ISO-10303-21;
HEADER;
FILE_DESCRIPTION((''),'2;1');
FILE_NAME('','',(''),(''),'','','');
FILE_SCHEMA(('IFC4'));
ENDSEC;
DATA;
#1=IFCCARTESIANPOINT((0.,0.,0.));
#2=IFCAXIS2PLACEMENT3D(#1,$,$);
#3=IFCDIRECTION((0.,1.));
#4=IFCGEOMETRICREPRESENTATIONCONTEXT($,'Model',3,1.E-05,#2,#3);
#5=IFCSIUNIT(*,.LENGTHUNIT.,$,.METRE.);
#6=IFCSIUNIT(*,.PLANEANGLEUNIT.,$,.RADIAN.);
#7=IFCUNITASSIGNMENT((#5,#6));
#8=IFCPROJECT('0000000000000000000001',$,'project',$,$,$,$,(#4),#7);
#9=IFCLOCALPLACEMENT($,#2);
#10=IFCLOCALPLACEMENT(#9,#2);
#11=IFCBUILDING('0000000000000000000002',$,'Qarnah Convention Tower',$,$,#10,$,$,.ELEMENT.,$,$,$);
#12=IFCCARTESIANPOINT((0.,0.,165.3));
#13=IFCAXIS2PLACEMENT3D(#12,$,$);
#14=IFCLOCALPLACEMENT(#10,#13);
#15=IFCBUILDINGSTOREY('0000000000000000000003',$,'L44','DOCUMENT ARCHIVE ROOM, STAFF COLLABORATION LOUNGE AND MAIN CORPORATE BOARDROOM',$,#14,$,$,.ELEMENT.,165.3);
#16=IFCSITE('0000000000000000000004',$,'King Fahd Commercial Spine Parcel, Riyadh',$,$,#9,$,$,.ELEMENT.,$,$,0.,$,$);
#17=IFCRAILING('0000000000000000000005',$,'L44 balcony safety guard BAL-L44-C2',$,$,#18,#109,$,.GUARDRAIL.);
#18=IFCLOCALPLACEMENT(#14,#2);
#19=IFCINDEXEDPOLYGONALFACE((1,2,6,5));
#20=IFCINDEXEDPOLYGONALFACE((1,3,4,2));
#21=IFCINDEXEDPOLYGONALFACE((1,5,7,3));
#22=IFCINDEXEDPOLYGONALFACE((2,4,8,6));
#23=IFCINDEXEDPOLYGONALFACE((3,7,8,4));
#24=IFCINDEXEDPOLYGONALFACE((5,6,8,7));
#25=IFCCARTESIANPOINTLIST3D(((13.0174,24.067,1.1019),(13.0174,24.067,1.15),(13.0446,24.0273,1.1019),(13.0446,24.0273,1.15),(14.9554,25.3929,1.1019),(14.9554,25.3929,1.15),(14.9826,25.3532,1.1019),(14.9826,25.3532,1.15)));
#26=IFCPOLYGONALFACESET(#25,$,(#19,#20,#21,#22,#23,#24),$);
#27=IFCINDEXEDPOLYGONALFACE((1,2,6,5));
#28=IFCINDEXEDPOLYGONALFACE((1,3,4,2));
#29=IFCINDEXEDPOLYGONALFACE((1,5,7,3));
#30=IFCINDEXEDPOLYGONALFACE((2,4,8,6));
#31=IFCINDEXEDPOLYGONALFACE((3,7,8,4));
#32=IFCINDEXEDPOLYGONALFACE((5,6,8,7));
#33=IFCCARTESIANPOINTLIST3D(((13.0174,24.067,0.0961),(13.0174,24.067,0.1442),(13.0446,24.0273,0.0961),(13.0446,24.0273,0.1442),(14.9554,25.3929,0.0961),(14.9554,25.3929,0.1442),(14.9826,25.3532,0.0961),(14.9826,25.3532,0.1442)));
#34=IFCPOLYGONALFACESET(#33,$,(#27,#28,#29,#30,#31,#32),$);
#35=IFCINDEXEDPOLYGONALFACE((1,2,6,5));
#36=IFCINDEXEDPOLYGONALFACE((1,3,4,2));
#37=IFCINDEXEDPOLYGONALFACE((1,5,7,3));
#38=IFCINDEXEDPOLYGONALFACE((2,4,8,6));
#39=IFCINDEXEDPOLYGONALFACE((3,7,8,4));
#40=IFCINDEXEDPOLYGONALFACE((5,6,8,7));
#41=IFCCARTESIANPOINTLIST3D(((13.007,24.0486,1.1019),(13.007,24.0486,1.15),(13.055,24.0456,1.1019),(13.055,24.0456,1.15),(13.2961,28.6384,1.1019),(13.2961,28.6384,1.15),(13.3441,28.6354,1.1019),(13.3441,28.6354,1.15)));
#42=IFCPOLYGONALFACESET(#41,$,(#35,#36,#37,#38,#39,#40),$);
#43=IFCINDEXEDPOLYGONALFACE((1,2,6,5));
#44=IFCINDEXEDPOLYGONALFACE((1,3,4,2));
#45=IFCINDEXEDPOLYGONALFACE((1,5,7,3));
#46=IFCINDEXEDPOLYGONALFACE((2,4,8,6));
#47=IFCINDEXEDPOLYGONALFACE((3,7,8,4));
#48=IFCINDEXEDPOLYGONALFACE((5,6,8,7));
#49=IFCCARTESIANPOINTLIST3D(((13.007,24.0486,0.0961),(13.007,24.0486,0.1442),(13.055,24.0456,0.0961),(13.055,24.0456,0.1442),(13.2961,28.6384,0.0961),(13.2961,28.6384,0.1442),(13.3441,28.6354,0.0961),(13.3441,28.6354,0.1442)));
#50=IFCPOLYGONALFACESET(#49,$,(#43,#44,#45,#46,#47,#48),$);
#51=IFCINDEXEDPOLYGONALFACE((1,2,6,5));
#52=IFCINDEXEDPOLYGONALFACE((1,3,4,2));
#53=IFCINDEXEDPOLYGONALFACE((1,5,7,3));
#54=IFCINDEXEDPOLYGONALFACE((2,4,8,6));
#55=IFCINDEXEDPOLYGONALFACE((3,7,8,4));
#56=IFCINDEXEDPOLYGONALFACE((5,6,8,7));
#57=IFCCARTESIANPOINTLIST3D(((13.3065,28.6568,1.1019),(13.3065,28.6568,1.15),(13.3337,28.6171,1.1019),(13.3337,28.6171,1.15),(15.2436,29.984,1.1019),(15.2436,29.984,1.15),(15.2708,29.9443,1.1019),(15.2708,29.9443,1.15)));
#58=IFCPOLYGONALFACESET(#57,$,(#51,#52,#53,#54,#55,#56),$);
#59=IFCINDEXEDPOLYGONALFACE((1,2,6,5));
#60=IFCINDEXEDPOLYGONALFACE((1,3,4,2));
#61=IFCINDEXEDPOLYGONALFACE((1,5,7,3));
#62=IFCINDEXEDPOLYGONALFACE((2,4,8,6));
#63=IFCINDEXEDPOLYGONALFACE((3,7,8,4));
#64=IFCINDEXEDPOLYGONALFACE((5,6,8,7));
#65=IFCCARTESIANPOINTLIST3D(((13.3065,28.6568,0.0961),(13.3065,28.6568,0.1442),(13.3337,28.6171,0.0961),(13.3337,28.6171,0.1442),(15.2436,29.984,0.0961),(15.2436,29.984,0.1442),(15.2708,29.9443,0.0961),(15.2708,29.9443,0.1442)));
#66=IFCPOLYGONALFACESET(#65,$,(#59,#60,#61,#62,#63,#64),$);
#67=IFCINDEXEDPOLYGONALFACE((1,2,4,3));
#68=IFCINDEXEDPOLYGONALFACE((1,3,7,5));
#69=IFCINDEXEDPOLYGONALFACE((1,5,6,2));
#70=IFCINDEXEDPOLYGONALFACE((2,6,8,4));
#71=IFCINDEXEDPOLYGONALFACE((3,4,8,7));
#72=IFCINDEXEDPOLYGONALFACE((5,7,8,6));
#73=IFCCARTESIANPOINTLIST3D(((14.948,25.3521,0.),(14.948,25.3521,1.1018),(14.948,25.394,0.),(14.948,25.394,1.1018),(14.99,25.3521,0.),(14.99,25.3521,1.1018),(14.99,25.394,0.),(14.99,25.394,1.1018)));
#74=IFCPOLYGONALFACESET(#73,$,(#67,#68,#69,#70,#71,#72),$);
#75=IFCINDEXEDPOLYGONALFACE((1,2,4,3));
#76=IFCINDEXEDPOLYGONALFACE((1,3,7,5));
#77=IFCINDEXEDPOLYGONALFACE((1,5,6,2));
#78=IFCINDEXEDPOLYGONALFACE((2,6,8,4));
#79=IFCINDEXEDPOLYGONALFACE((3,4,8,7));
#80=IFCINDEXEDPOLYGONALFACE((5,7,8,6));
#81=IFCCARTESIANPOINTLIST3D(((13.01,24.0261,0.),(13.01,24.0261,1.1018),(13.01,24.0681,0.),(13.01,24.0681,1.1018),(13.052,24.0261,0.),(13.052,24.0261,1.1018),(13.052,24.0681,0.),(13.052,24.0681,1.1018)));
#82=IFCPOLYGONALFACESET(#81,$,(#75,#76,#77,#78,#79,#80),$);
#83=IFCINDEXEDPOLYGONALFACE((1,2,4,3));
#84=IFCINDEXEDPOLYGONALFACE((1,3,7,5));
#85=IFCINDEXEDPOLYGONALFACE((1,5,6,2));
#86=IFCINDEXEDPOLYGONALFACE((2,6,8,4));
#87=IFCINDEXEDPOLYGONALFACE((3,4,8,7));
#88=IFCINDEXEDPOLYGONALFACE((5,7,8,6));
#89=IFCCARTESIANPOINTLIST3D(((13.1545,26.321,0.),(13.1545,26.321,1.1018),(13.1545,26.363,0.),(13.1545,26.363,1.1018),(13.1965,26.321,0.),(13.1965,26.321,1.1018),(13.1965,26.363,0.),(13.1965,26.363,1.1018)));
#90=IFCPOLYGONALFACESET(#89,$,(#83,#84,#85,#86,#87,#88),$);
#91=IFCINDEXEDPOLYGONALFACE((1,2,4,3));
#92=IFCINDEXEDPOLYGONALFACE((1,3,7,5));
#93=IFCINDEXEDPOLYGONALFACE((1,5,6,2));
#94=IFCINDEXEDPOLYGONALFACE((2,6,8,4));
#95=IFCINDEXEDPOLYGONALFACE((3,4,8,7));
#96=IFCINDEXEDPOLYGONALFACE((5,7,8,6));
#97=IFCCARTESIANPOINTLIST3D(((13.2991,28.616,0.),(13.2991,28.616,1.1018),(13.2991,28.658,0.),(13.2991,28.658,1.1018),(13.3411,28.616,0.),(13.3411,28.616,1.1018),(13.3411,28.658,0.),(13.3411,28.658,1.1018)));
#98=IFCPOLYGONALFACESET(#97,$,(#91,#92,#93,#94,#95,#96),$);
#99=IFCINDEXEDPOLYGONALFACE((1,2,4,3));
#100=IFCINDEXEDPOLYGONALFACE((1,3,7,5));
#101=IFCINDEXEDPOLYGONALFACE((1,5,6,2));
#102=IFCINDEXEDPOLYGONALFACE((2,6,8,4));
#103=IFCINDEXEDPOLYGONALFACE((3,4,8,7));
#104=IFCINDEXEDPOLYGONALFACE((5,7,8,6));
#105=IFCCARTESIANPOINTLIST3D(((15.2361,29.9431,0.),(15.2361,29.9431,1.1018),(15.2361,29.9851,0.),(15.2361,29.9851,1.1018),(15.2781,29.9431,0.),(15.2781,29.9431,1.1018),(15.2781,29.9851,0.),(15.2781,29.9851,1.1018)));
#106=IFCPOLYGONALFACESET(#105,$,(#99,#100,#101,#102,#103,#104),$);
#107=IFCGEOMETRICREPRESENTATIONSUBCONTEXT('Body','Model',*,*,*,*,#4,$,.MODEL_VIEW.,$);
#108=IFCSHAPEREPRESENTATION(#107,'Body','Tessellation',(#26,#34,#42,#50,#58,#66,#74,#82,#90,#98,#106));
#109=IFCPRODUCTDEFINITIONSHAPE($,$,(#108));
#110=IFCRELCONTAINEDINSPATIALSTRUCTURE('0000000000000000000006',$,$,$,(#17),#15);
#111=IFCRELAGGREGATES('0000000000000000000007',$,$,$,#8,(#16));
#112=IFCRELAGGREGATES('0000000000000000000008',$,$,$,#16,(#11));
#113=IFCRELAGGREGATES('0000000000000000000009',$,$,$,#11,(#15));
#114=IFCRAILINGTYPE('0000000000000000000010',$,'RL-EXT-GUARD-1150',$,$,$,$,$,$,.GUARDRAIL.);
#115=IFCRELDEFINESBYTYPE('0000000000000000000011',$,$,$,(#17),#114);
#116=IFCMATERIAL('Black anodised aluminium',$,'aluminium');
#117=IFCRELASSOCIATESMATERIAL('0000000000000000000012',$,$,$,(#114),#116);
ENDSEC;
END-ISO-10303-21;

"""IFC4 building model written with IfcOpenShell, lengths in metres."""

from ifc_helpers import new_model, si_unit, direction, frame, origin, origin_2d, place, context, subcontext, project, spatial, rectangle, extrude, material, type_object, element, save


model = new_model("IFC4")

# Units and contexts
model_context = context("Model", 3, precision=1e-05, world=origin(), true_north=direction((0.0, 1.0)))
body_context = subcontext(model_context, "Body", "Model", "MODEL_VIEW")
ifc_project = project(units=[si_unit("LENGTHUNIT", "METRE"), si_unit("PLANEANGLEUNIT", "RADIAN")], contexts=[model_context])

# Site, building, storey
site_placement = place(None, origin())
site = spatial("IfcSite", under=ifc_project, at=site_placement, Name="King Fahd Commercial Spine Parcel, Riyadh", CompositionType="ELEMENT", RefElevation=0.0)
building_placement = place(site_placement, origin())
building = spatial("IfcBuilding", under=site, at=building_placement, Name="Qarnah Convention Tower", CompositionType="ELEMENT")
storey_placement = place(building_placement, frame((0.0, 0.0, 165.3)))
storey = spatial("IfcBuildingStorey", under=building, at=storey_placement, Name="L44", Description="DOCUMENT ARCHIVE ROOM, STAFF COLLABORATION LOUNGE AND MAIN CORPORATE BOARDROOM", CompositionType="ELEMENT", Elevation=165.3)

# Shared definitions
ifc_material_1 = material(Name="Black anodised aluminium", Category="aluminium")

# Railing
railing_type = type_object("IfcRailingType", Name="RL-EXT-GUARD-1150", PredefinedType="GUARDRAIL", material=ifc_material_1)
railing_1_placement = place(storey_placement, frame((14.969, 25.373, 0.0)))
element("IfcRailing", 1, at=railing_1_placement, inside=storey, type_object=railing_type, Name="L44 balcony safety guard BAL-L44-C2", PredefinedType="GUARDRAIL", context=body_context, shape_type="SweptSolid", body=[
    extrude(rectangle(XDim=0.0481, YDim=0.0481, at=origin_2d()), frame((0.0, 0.0, 1.126), z_axis=(-0.82532, -0.564665, 0.0), x_axis=(0.564665, -0.82532, 0.0)), (0.0, 0.0, 1.0), 2.3481),
    extrude(rectangle(XDim=0.0481, YDim=0.0481, at=origin_2d()), frame((0.0, 0.0, 0.1201), z_axis=(-0.82532, -0.564665, 0.0), x_axis=(0.564665, -0.82532, 0.0)), (0.0, 0.0, 1.0), 2.3481),
    extrude(rectangle(XDim=0.0481, YDim=0.0481, at=origin_2d()), frame((-1.938, -1.3259, 1.126), z_axis=(0.062854, 0.998023, 0.0), x_axis=(-0.998023, 0.062854, 0.0)), (0.0, 0.0, 1.0), 4.5989),
    extrude(rectangle(XDim=0.0481, YDim=0.0481, at=origin_2d()), frame((-1.938, -1.3259, 0.1201), z_axis=(0.062854, 0.998023, 0.0), x_axis=(-0.998023, 0.062854, 0.0)), (0.0, 0.0, 1.0), 4.5989),
    extrude(rectangle(XDim=0.0481, YDim=0.0481, at=origin_2d()), frame((-1.6489, 3.2639, 1.126), z_axis=(0.824945, 0.565213, 0.0), x_axis=(-0.565213, 0.824945, 0.0)), (0.0, 0.0, 1.0), 2.3481),
    extrude(rectangle(XDim=0.0481, YDim=0.0481, at=origin_2d()), frame((-1.6489, 3.2639, 0.1201), z_axis=(0.824945, 0.565213, 0.0), x_axis=(-0.565213, 0.824945, 0.0)), (0.0, 0.0, 1.0), 2.3481),
    extrude(rectangle(XDim=0.042, YDim=0.042, at=origin_2d()), origin(), (0.0, 0.0, 1.0), 1.1018),
    extrude(rectangle(XDim=0.042, YDim=0.042, at=origin_2d()), frame((-1.938, -1.3259, 0.0)), (0.0, 0.0, 1.0), 1.1018),
    extrude(rectangle(XDim=0.042, YDim=0.042, at=origin_2d()), frame((-1.7935, 0.969, 0.0)), (0.0, 0.0, 1.0), 1.1018),
    extrude(rectangle(XDim=0.042, YDim=0.042, at=origin_2d()), frame((-1.6489, 3.2639, 0.0)), (0.0, 0.0, 1.0), 1.1018),
    extrude(rectangle(XDim=0.042, YDim=0.042, at=origin_2d()), frame((0.2881, 4.5911, 0.0)), (0.0, 0.0, 1.0), 1.1018),
])

save(model, "model.ifc")
